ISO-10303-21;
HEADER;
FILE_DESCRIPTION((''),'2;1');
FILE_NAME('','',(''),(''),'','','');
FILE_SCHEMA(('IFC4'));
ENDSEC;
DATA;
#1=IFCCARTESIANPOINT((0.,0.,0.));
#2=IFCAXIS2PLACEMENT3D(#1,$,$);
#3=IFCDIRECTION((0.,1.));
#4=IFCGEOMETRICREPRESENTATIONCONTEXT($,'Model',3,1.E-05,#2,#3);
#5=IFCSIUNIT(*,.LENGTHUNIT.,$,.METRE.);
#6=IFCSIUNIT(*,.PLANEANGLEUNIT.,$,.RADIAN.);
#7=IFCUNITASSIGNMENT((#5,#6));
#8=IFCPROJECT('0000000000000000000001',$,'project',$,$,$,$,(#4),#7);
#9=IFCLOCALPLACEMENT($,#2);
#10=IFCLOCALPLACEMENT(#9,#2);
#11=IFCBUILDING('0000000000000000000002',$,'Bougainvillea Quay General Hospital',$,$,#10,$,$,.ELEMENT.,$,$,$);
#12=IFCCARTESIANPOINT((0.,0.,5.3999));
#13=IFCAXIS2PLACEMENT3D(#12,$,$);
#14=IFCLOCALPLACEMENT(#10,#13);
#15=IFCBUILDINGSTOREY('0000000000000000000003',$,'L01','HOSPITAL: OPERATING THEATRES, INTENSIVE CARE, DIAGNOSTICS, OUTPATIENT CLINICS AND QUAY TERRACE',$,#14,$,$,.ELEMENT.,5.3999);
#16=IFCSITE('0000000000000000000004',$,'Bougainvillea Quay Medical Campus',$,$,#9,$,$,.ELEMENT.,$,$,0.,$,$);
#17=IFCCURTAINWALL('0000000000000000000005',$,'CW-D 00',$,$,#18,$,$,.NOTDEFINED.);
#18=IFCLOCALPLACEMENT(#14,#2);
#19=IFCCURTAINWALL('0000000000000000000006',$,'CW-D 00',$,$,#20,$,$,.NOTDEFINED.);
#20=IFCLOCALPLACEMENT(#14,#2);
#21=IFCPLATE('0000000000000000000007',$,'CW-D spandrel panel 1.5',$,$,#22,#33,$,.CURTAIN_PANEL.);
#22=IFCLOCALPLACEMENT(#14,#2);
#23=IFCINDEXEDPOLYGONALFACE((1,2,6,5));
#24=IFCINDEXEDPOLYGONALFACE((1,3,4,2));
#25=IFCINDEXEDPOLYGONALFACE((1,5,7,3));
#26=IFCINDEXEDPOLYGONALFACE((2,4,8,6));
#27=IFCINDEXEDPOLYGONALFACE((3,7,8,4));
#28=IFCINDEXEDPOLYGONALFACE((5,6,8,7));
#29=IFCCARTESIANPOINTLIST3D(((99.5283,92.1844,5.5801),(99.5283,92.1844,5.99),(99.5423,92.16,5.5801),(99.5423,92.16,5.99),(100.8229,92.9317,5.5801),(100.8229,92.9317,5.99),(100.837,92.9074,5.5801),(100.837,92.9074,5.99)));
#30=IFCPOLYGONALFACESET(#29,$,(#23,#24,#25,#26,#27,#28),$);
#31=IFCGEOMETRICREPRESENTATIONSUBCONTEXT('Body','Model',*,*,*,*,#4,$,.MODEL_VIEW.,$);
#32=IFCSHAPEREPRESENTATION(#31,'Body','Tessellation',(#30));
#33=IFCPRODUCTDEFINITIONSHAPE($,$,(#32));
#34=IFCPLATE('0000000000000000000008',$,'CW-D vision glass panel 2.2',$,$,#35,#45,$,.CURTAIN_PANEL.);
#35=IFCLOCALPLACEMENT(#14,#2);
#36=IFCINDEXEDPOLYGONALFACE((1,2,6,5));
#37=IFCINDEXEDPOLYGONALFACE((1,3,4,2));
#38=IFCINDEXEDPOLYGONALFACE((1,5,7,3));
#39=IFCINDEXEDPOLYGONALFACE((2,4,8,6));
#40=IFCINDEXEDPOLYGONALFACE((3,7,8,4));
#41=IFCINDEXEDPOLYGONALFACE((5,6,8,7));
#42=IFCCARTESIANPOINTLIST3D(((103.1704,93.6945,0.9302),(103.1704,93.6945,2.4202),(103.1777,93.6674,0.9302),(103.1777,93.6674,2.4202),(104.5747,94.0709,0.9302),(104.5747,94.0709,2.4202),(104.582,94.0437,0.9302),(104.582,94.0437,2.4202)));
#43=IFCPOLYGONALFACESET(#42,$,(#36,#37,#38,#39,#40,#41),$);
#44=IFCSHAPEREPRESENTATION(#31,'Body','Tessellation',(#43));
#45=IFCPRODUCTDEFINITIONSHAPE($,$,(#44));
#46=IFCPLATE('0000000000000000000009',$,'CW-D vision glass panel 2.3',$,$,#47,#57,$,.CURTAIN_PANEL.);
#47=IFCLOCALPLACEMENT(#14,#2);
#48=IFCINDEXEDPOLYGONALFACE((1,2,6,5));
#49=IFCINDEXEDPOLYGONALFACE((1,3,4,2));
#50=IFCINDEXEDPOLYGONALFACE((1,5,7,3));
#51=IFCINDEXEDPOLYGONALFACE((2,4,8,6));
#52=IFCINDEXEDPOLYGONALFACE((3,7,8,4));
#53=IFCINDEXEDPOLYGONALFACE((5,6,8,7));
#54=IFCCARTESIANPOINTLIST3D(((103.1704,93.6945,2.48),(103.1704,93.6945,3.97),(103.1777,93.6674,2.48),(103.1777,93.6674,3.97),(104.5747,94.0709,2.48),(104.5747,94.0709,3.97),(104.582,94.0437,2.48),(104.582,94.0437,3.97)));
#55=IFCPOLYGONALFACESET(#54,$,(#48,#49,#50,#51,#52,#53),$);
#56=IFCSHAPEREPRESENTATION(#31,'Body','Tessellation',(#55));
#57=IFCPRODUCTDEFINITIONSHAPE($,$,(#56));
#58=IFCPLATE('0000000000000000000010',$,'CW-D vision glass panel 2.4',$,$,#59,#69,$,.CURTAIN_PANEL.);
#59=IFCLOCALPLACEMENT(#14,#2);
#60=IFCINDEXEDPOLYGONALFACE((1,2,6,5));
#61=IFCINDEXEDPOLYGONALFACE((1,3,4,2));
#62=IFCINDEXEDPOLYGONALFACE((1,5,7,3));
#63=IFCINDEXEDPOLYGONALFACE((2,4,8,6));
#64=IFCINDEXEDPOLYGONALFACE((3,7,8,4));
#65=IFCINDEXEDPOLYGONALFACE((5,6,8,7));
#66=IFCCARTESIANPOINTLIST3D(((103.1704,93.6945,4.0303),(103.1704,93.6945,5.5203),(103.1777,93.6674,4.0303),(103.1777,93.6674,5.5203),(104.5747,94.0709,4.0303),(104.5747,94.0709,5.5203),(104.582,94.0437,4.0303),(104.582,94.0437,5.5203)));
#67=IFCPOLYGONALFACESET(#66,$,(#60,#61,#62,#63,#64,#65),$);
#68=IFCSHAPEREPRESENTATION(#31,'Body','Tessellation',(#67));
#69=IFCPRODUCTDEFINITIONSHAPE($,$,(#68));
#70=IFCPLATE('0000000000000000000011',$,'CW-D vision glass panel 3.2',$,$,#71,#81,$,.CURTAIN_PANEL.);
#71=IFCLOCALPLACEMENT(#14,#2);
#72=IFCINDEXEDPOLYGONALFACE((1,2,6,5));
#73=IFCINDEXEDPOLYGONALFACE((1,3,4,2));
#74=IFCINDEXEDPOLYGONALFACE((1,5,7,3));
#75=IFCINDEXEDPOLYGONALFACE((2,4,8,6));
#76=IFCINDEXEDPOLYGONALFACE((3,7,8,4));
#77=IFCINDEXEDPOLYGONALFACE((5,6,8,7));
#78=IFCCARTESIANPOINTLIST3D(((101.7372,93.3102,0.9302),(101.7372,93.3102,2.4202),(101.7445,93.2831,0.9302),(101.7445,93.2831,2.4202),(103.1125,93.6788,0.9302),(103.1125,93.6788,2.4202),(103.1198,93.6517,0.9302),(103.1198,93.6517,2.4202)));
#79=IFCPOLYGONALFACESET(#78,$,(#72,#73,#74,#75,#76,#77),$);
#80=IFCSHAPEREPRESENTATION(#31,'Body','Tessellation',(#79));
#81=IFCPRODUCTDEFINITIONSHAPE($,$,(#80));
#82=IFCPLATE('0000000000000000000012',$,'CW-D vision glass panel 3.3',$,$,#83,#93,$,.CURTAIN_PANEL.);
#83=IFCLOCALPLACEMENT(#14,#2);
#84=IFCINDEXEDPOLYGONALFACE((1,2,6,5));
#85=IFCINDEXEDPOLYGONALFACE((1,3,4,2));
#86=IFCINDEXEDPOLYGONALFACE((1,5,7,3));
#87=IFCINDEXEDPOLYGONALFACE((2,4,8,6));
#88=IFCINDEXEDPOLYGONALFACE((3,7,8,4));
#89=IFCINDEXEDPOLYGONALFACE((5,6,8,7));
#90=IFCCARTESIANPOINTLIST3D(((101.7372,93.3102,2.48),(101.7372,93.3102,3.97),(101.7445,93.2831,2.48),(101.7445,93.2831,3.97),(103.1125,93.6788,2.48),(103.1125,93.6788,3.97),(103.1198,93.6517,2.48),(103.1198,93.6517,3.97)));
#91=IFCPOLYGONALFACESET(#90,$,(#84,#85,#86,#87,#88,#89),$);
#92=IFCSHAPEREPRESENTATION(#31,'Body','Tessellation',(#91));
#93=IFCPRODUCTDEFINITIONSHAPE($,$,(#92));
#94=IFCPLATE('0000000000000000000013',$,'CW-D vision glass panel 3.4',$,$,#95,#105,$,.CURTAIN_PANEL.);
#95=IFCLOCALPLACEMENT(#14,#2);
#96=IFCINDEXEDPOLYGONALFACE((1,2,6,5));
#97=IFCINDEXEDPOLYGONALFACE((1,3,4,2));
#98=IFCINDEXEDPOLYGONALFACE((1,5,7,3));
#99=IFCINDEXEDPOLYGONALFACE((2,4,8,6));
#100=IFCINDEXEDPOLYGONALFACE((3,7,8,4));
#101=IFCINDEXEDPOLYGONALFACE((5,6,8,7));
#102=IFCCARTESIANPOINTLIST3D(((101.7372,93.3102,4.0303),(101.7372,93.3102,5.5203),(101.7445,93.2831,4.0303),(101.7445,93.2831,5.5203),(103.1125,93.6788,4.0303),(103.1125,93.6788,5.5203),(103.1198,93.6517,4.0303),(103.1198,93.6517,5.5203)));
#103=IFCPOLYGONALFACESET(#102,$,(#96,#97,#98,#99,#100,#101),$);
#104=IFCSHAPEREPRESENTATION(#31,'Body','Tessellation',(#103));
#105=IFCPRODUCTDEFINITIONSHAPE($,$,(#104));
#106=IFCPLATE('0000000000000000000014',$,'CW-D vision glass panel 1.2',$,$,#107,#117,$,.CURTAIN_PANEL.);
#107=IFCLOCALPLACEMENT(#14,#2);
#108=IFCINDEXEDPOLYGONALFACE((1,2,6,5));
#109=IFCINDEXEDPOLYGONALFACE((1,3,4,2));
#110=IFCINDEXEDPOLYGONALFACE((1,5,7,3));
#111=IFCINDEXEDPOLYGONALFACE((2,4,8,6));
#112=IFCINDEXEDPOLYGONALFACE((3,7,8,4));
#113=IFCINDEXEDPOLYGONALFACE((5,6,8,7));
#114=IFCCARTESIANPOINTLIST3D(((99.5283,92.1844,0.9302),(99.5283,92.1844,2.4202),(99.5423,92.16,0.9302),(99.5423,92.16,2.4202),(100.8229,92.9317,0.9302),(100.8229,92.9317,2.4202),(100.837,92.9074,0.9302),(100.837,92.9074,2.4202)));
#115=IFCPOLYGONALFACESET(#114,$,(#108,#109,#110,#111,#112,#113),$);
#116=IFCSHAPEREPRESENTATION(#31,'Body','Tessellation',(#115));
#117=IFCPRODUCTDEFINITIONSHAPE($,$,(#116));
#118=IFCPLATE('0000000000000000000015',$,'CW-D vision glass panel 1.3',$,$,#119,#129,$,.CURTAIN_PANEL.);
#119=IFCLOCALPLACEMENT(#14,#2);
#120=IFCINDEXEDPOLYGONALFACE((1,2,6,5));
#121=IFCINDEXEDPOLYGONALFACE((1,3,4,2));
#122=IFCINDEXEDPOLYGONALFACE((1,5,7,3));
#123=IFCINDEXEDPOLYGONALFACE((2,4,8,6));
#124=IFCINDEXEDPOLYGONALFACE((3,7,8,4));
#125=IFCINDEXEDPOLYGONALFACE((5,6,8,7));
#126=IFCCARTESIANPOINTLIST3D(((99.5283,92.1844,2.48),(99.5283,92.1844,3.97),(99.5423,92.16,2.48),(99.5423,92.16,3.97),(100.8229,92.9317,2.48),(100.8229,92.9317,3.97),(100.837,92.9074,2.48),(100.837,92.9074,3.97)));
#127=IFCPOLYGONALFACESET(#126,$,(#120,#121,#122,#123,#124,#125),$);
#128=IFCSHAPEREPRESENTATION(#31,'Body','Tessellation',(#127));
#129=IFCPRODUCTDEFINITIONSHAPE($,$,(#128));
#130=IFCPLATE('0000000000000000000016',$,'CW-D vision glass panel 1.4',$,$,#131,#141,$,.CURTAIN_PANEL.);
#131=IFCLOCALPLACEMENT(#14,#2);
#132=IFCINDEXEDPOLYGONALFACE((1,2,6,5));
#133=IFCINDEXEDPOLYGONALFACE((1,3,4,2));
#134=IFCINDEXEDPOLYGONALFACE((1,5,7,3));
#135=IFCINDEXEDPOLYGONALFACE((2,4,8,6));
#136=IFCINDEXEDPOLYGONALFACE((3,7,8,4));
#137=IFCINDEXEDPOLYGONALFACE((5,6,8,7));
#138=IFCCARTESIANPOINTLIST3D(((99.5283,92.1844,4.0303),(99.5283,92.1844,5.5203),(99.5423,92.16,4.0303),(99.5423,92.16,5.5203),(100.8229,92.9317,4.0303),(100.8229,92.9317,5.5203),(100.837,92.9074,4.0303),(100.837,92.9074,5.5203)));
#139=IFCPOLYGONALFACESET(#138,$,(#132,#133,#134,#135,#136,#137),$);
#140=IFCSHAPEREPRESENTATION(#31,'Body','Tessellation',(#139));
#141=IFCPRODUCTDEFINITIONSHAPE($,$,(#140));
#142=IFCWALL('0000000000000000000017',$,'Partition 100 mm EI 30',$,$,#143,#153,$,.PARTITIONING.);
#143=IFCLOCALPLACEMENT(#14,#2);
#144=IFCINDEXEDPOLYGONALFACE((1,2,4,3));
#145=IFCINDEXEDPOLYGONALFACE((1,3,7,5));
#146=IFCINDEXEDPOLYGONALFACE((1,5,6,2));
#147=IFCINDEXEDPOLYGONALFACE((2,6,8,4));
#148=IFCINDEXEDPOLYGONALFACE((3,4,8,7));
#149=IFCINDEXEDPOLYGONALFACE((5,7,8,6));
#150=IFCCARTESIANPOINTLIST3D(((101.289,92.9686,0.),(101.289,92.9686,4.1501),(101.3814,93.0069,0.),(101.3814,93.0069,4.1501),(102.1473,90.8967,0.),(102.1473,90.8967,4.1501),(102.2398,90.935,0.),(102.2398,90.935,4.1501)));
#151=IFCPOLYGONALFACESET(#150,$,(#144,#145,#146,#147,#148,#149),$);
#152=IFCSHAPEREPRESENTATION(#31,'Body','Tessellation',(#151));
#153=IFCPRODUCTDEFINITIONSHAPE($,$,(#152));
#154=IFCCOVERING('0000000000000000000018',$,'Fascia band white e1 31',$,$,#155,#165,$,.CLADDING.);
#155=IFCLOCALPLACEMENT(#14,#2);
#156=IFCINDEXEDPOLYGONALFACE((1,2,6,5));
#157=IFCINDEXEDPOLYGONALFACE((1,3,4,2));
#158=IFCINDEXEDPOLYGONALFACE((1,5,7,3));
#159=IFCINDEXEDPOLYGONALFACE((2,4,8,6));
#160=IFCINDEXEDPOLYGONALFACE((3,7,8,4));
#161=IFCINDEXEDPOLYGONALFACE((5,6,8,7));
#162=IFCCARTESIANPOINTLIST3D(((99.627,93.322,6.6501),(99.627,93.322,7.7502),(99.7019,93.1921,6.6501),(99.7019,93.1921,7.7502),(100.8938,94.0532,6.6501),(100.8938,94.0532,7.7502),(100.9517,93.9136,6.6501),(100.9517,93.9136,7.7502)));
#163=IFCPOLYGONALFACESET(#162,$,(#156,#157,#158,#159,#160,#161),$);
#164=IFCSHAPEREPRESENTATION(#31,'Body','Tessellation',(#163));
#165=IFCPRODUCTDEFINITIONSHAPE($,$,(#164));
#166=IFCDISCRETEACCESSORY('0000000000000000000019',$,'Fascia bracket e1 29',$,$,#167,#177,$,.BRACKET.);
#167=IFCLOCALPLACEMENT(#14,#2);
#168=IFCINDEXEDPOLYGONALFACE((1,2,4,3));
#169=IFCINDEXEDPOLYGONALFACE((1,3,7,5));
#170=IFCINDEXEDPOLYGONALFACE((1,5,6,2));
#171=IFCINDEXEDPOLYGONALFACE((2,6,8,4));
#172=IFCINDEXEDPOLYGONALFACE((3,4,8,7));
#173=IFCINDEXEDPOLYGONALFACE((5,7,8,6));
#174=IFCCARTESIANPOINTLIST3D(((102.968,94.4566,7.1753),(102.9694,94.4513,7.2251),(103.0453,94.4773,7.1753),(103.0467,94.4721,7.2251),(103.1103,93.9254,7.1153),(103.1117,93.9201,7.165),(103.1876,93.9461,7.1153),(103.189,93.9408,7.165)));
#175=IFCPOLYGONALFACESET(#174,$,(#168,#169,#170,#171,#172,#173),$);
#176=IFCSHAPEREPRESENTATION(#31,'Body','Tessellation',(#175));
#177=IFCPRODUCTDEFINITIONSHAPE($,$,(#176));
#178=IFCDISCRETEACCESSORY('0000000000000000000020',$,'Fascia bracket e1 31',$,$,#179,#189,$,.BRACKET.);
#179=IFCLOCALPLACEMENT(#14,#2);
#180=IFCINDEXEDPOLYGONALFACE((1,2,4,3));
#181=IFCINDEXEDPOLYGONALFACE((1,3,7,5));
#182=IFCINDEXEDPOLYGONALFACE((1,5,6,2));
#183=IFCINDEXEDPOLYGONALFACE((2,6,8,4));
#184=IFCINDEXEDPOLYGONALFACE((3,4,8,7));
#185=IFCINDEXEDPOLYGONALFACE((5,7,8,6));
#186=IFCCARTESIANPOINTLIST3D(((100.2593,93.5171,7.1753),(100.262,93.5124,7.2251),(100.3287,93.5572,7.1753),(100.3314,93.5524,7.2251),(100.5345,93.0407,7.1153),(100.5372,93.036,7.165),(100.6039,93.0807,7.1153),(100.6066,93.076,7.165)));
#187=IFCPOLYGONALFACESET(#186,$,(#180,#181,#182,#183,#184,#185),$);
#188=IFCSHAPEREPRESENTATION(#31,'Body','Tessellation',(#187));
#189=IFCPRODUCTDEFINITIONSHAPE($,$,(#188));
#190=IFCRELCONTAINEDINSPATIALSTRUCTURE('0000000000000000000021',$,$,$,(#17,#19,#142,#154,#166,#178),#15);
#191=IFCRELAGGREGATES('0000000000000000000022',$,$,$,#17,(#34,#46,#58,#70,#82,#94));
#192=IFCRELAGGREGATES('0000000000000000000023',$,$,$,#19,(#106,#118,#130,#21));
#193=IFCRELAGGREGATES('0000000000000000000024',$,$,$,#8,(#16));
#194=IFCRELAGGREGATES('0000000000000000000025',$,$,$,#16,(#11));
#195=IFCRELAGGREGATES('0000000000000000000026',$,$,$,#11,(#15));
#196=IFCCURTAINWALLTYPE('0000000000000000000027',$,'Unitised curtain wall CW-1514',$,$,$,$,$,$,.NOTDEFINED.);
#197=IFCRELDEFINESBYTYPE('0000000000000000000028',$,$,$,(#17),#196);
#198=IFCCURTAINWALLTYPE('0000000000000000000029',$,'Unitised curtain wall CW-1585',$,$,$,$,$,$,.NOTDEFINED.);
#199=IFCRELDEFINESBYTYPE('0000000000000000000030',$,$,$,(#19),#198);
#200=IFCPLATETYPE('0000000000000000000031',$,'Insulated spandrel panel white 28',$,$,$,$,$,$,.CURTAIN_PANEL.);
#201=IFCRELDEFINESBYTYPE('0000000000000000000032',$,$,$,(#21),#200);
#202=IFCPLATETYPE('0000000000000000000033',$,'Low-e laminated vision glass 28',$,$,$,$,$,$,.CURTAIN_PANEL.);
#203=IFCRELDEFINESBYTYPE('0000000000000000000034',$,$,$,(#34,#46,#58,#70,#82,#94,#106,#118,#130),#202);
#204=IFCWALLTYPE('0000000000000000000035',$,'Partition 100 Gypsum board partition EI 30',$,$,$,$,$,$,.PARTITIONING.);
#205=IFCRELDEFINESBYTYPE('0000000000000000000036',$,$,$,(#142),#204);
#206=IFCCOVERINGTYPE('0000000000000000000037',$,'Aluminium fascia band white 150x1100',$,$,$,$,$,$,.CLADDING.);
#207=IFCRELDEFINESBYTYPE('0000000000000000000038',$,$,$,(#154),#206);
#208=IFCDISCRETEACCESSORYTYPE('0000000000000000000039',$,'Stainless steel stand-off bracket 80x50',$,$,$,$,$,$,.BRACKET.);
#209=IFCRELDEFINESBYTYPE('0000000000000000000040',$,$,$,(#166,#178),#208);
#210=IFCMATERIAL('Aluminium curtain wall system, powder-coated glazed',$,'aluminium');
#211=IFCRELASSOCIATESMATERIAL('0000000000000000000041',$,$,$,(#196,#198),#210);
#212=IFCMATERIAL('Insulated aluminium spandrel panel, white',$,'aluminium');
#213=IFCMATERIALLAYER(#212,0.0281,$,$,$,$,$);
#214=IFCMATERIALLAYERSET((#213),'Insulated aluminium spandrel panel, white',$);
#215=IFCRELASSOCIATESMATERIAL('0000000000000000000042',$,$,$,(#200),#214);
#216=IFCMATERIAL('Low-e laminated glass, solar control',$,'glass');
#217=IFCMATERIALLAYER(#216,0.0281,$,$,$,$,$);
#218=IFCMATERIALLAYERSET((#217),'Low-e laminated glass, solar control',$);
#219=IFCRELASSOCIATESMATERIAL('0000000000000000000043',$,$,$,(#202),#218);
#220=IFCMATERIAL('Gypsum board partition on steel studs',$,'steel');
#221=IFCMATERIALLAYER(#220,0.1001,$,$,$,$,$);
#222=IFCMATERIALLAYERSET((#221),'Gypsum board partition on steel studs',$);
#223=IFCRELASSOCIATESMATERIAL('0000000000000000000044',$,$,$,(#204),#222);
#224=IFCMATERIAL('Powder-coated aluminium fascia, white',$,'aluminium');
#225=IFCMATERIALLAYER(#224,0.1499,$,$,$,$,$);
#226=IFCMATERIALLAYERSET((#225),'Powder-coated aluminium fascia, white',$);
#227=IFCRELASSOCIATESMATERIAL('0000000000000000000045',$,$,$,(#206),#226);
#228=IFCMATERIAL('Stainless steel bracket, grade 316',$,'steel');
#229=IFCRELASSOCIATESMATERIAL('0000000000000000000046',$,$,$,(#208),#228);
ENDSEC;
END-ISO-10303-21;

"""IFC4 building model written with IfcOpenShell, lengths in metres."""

from ifc_helpers import new_model, si_unit, direction, frame, frame_2d, origin, origin_2d, place, context, subcontext, project, spatial, polyline, rectangle, outline, extrude, material, layer, layer_set, material_profile, profile_set, type_object, element, aggregate, save


model = new_model("IFC4")

# Units and contexts
model_context = context("Model", 3, precision=1e-05, world=origin(), true_north=direction((0.0, 1.0)))
body_context = subcontext(model_context, "Body", "Model", "MODEL_VIEW")
ifc_project = project(units=[si_unit("LENGTHUNIT", "METRE"), si_unit("PLANEANGLEUNIT", "RADIAN")], contexts=[model_context])

# Site, building, storey
site_placement = place(None, origin())
site = spatial("IfcSite", under=ifc_project, at=site_placement, Name="Bougainvillea Quay Medical Campus", CompositionType="ELEMENT", RefElevation=0.0)
building_placement = place(site_placement, origin())
building = spatial("IfcBuilding", under=site, at=building_placement, Name="Bougainvillea Quay General Hospital", CompositionType="ELEMENT")
storey_placement = place(building_placement, frame((0.0, 0.0, 5.3999)))
storey = spatial("IfcBuildingStorey", under=building, at=storey_placement, Name="L01", Description="HOSPITAL: OPERATING THEATRES, INTENSIVE CARE, DIAGNOSTICS, OUTPATIENT CLINICS AND QUAY TERRACE", CompositionType="ELEMENT", Elevation=5.3999)

# Curtain wall
ifc_material_1 = material(Name="Aluminium curtain wall system, powder-coated glazed", Category="aluminium")
curtain_wall_type_1 = type_object("IfcCurtainWallType", Name="Unitised curtain wall CW-1514", PredefinedType="NOTDEFINED", material=ifc_material_1)
curtain_wall_1_placement = place(storey_placement, origin())
curtain_wall_1 = element("IfcCurtainWall", 1, at=curtain_wall_1_placement, inside=storey, type_object=curtain_wall_type_1, Name="CW-D 00", PredefinedType="NOTDEFINED")

# Curtain wall
curtain_wall_type_2 = type_object("IfcCurtainWallType", Name="Unitised curtain wall CW-1585", PredefinedType="NOTDEFINED", material=ifc_material_1)
curtain_wall_2_placement = place(storey_placement, origin())
curtain_wall_2 = element("IfcCurtainWall", 2, at=curtain_wall_2_placement, inside=storey, type_object=curtain_wall_type_2, Name="CW-D 00", PredefinedType="NOTDEFINED")

# Plates
ifc_material_2 = material(Name="Insulated aluminium spandrel panel, white", Category="aluminium")
ifc_layer_1 = layer(ifc_material_2, 0.0281)
ifc_layer_set_1 = layer_set([ifc_layer_1], Name="Insulated aluminium spandrel panel, white")
plate_type_1 = type_object("IfcPlateType", Name="Insulated spandrel panel white 28", PredefinedType="CURTAIN_PANEL", material=ifc_layer_set_1)
plate_1_placement = place(storey_placement, frame((100.1826, 92.5459, 5.5801), z_axis=(0.0, 0.0, 1.0), x_axis=(-0.866046, -0.499965, 0.0)))
plate_1 = element("IfcPlate", 3, at=plate_1_placement, type_object=plate_type_1, Name="CW-D spandrel panel 1.5", PredefinedType="CURTAIN_PANEL", context=body_context, shape_type="SweptSolid", body=[
    extrude(rectangle(XDim=1.4949, YDim=0.0281, at=origin_2d()), origin(), (0.0, 0.0, 1.0), 0.4099),
])
ifc_material_3 = material(Name="Low-e laminated glass, solar control", Category="glass")
ifc_layer_2 = layer(ifc_material_3, 0.0281)
ifc_layer_set_2 = layer_set([ifc_layer_2], Name="Low-e laminated glass, solar control")
plate_type_2 = type_object("IfcPlateType", Name="Low-e laminated vision glass 28", PredefinedType="CURTAIN_PANEL", material=ifc_layer_set_2)
plate_2_placement = place(storey_placement, frame((103.8762, 93.8691, 0.9302), z_axis=(0.0, 0.0, 1.0), x_axis=(-0.965916, -0.258855, 0.0)))
plate_2 = element("IfcPlate", 4, at=plate_2_placement, type_object=plate_type_2, Name="CW-D vision glass panel 2.2", PredefinedType="CURTAIN_PANEL", context=body_context, shape_type="SweptSolid", body=[
    extrude(rectangle(XDim=1.4539, YDim=0.0281, at=origin_2d()), origin(), (0.0, 0.0, 1.0), 1.49),
])
plate_3_placement = place(storey_placement, frame((103.8762, 93.8691, 2.48), z_axis=(0.0, 0.0, 1.0), x_axis=(-0.965916, -0.258855, 0.0)))
plate_3 = element("IfcPlate", 5, at=plate_3_placement, type_object=plate_type_2, Name="CW-D vision glass panel 2.3", PredefinedType="CURTAIN_PANEL", context=body_context, shape_type="SweptSolid", body=[
    extrude(rectangle(XDim=1.4539, YDim=0.0281, at=origin_2d()), origin(), (0.0, 0.0, 1.0), 1.49),
])
plate_4_placement = place(storey_placement, frame((103.8762, 93.8691, 4.0303), z_axis=(0.0, 0.0, 1.0), x_axis=(-0.965916, -0.258855, 0.0)))
plate_4 = element("IfcPlate", 6, at=plate_4_placement, type_object=plate_type_2, Name="CW-D vision glass panel 2.4", PredefinedType="CURTAIN_PANEL", context=body_context, shape_type="SweptSolid", body=[
    extrude(rectangle(XDim=1.4539, YDim=0.0281, at=origin_2d()), origin(), (0.0, 0.0, 1.0), 1.49),
])
plate_5_placement = place(storey_placement, frame((102.4285, 93.481, 0.9302), z_axis=(0.0, 0.0, 1.0), x_axis=(-0.965916, -0.258855, 0.0)))
plate_5 = element("IfcPlate", 7, at=plate_5_placement, type_object=plate_type_2, Name="CW-D vision glass panel 3.2", PredefinedType="CURTAIN_PANEL", context=body_context, shape_type="SweptSolid", body=[
    extrude(rectangle(XDim=1.4238, YDim=0.0281, at=origin_2d()), origin(), (0.0, 0.0, 1.0), 1.49),
])
plate_6_placement = place(storey_placement, frame((102.4285, 93.481, 2.48), z_axis=(0.0, 0.0, 1.0), x_axis=(-0.965916, -0.258855, 0.0)))
plate_6 = element("IfcPlate", 8, at=plate_6_placement, type_object=plate_type_2, Name="CW-D vision glass panel 3.3", PredefinedType="CURTAIN_PANEL", context=body_context, shape_type="SweptSolid", body=[
    extrude(rectangle(XDim=1.4238, YDim=0.0281, at=origin_2d()), origin(), (0.0, 0.0, 1.0), 1.49),
])
plate_7_placement = place(storey_placement, frame((102.4285, 93.481, 4.0303), z_axis=(0.0, 0.0, 1.0), x_axis=(-0.965916, -0.258855, 0.0)))
plate_7 = element("IfcPlate", 9, at=plate_7_placement, type_object=plate_type_2, Name="CW-D vision glass panel 3.4", PredefinedType="CURTAIN_PANEL", context=body_context, shape_type="SweptSolid", body=[
    extrude(rectangle(XDim=1.4238, YDim=0.0281, at=origin_2d()), origin(), (0.0, 0.0, 1.0), 1.49),
])
aggregate(curtain_wall_1, [plate_2, plate_3, plate_4, plate_5, plate_6, plate_7])
plate_8_placement = place(storey_placement, frame((100.1826, 92.5459, 0.9302), z_axis=(0.0, 0.0, 1.0), x_axis=(-0.866046, -0.499965, 0.0)))
plate_8 = element("IfcPlate", 10, at=plate_8_placement, type_object=plate_type_2, Name="CW-D vision glass panel 1.2", PredefinedType="CURTAIN_PANEL", context=body_context, shape_type="SweptSolid", body=[
    extrude(rectangle(XDim=1.4949, YDim=0.0281, at=origin_2d()), origin(), (0.0, 0.0, 1.0), 1.49),
])
plate_9_placement = place(storey_placement, frame((100.1826, 92.5459, 2.48), z_axis=(0.0, 0.0, 1.0), x_axis=(-0.866046, -0.499965, 0.0)))
plate_9 = element("IfcPlate", 11, at=plate_9_placement, type_object=plate_type_2, Name="CW-D vision glass panel 1.3", PredefinedType="CURTAIN_PANEL", context=body_context, shape_type="SweptSolid", body=[
    extrude(rectangle(XDim=1.4949, YDim=0.0281, at=origin_2d()), origin(), (0.0, 0.0, 1.0), 1.49),
])
plate_10_placement = place(storey_placement, frame((100.1826, 92.5459, 4.0303), z_axis=(0.0, 0.0, 1.0), x_axis=(-0.866046, -0.499965, 0.0)))
plate_10 = element("IfcPlate", 12, at=plate_10_placement, type_object=plate_type_2, Name="CW-D vision glass panel 1.4", PredefinedType="CURTAIN_PANEL", context=body_context, shape_type="SweptSolid", body=[
    extrude(rectangle(XDim=1.4949, YDim=0.0281, at=origin_2d()), origin(), (0.0, 0.0, 1.0), 1.49),
])
aggregate(curtain_wall_2, [plate_8, plate_9, plate_10, plate_1])

# Wall
ifc_material_4 = material(Name="Gypsum board partition on steel studs", Category="steel")
ifc_layer_3 = layer(ifc_material_4, 0.1001)
ifc_layer_set_3 = layer_set([ifc_layer_3], Name="Gypsum board partition on steel studs")
wall_type = type_object("IfcWallType", Name="Partition 100 Gypsum board partition EI 30", PredefinedType="PARTITIONING", material=ifc_layer_set_3)
wall_placement = place(storey_placement, frame((101.3352, 92.9878, 0.0), z_axis=(0.0, 0.0, 1.0), x_axis=(0.382736, -0.923858, 0.0)))
element("IfcWall", 13, at=wall_placement, inside=storey, type_object=wall_type, Name="Partition 100 mm EI 30", PredefinedType="PARTITIONING", context=body_context, shape_type="SweptSolid", body=[
    extrude(rectangle(XDim=2.2427, YDim=0.1001, at=frame_2d((1.1213, 0.0))), origin(), (0.0, 0.0, 1.0), 4.1501),
])

# Covering
ifc_material_5 = material(Name="Powder-coated aluminium fascia, white", Category="aluminium")
ifc_layer_4 = layer(ifc_material_5, 0.1499)
ifc_layer_set_4 = layer_set([ifc_layer_4], Name="Powder-coated aluminium fascia, white")
covering_type = type_object("IfcCoveringType", Name="Aluminium fascia band white 150x1100", PredefinedType="CLADDING", material=ifc_layer_set_4)
covering_placement = place(storey_placement, frame((100.9517, 93.9136, 6.6501), z_axis=(0.0, 0.0, 1.0), x_axis=(-0.866059, -0.499942, 0.0)))
element("IfcCovering", 14, at=covering_placement, inside=storey, type_object=covering_type, Name="Fascia band white e1 31", PredefinedType="CLADDING", context=body_context, shape_type="SweptSolid", body=[
    extrude(outline(polyline([(0.0, 0.0), (1.443, 0.0), (1.443, -0.15), (-0.0197, -0.1499), (0.0, 0.0)])), origin(), (0.0, 0.0, 1.0), 1.1001),
])

# Discrete accessories
ifc_material_6 = material(Name="Stainless steel bracket, grade 316", Category="steel")
ifc_material_profile_1 = material_profile(ifc_material_6, rectangle(XDim=0.0801, YDim=0.05, at=origin_2d()))
ifc_profile_set_1 = profile_set([ifc_material_profile_1], Name="Stainless steel bracket, grade 316")
discrete_accessory_type = type_object("IfcDiscreteAccessoryType", Name="Stainless steel stand-off bracket 80x50", PredefinedType="BRACKET", material=ifc_profile_set_1)
discrete_accessory_1_placement = place(storey_placement, frame((103.1497, 93.9331, 7.1401), z_axis=(-0.257266, 0.960224, 0.108555), x_axis=(-0.965932, -0.258795, 0.0)))
element("IfcDiscreteAccessory", 15, at=discrete_accessory_1_placement, inside=storey, type_object=discrete_accessory_type, Name="Fascia bracket e1 29", PredefinedType="BRACKET", context=body_context, shape_type="SweptSolid", body=[
    extrude(rectangle(XDim=0.0801, YDim=0.05, at=origin_2d()), origin(), (0.0, 0.0, 1.0), 0.5532),
])
discrete_accessory_2_placement = place(storey_placement, frame((100.5706, 93.0583, 7.1401), z_axis=(-0.497241, 0.860797, 0.108537), x_axis=(-0.865912, -0.500196, 0.0)))
element("IfcDiscreteAccessory", 16, at=discrete_accessory_2_placement, inside=storey, type_object=discrete_accessory_type, Name="Fascia bracket e1 31", PredefinedType="BRACKET", context=body_context, shape_type="SweptSolid", body=[
    extrude(rectangle(XDim=0.0801, YDim=0.05, at=origin_2d()), origin(), (0.0, 0.0, 1.0), 0.5535),
])

save(model, "model.ifc")
